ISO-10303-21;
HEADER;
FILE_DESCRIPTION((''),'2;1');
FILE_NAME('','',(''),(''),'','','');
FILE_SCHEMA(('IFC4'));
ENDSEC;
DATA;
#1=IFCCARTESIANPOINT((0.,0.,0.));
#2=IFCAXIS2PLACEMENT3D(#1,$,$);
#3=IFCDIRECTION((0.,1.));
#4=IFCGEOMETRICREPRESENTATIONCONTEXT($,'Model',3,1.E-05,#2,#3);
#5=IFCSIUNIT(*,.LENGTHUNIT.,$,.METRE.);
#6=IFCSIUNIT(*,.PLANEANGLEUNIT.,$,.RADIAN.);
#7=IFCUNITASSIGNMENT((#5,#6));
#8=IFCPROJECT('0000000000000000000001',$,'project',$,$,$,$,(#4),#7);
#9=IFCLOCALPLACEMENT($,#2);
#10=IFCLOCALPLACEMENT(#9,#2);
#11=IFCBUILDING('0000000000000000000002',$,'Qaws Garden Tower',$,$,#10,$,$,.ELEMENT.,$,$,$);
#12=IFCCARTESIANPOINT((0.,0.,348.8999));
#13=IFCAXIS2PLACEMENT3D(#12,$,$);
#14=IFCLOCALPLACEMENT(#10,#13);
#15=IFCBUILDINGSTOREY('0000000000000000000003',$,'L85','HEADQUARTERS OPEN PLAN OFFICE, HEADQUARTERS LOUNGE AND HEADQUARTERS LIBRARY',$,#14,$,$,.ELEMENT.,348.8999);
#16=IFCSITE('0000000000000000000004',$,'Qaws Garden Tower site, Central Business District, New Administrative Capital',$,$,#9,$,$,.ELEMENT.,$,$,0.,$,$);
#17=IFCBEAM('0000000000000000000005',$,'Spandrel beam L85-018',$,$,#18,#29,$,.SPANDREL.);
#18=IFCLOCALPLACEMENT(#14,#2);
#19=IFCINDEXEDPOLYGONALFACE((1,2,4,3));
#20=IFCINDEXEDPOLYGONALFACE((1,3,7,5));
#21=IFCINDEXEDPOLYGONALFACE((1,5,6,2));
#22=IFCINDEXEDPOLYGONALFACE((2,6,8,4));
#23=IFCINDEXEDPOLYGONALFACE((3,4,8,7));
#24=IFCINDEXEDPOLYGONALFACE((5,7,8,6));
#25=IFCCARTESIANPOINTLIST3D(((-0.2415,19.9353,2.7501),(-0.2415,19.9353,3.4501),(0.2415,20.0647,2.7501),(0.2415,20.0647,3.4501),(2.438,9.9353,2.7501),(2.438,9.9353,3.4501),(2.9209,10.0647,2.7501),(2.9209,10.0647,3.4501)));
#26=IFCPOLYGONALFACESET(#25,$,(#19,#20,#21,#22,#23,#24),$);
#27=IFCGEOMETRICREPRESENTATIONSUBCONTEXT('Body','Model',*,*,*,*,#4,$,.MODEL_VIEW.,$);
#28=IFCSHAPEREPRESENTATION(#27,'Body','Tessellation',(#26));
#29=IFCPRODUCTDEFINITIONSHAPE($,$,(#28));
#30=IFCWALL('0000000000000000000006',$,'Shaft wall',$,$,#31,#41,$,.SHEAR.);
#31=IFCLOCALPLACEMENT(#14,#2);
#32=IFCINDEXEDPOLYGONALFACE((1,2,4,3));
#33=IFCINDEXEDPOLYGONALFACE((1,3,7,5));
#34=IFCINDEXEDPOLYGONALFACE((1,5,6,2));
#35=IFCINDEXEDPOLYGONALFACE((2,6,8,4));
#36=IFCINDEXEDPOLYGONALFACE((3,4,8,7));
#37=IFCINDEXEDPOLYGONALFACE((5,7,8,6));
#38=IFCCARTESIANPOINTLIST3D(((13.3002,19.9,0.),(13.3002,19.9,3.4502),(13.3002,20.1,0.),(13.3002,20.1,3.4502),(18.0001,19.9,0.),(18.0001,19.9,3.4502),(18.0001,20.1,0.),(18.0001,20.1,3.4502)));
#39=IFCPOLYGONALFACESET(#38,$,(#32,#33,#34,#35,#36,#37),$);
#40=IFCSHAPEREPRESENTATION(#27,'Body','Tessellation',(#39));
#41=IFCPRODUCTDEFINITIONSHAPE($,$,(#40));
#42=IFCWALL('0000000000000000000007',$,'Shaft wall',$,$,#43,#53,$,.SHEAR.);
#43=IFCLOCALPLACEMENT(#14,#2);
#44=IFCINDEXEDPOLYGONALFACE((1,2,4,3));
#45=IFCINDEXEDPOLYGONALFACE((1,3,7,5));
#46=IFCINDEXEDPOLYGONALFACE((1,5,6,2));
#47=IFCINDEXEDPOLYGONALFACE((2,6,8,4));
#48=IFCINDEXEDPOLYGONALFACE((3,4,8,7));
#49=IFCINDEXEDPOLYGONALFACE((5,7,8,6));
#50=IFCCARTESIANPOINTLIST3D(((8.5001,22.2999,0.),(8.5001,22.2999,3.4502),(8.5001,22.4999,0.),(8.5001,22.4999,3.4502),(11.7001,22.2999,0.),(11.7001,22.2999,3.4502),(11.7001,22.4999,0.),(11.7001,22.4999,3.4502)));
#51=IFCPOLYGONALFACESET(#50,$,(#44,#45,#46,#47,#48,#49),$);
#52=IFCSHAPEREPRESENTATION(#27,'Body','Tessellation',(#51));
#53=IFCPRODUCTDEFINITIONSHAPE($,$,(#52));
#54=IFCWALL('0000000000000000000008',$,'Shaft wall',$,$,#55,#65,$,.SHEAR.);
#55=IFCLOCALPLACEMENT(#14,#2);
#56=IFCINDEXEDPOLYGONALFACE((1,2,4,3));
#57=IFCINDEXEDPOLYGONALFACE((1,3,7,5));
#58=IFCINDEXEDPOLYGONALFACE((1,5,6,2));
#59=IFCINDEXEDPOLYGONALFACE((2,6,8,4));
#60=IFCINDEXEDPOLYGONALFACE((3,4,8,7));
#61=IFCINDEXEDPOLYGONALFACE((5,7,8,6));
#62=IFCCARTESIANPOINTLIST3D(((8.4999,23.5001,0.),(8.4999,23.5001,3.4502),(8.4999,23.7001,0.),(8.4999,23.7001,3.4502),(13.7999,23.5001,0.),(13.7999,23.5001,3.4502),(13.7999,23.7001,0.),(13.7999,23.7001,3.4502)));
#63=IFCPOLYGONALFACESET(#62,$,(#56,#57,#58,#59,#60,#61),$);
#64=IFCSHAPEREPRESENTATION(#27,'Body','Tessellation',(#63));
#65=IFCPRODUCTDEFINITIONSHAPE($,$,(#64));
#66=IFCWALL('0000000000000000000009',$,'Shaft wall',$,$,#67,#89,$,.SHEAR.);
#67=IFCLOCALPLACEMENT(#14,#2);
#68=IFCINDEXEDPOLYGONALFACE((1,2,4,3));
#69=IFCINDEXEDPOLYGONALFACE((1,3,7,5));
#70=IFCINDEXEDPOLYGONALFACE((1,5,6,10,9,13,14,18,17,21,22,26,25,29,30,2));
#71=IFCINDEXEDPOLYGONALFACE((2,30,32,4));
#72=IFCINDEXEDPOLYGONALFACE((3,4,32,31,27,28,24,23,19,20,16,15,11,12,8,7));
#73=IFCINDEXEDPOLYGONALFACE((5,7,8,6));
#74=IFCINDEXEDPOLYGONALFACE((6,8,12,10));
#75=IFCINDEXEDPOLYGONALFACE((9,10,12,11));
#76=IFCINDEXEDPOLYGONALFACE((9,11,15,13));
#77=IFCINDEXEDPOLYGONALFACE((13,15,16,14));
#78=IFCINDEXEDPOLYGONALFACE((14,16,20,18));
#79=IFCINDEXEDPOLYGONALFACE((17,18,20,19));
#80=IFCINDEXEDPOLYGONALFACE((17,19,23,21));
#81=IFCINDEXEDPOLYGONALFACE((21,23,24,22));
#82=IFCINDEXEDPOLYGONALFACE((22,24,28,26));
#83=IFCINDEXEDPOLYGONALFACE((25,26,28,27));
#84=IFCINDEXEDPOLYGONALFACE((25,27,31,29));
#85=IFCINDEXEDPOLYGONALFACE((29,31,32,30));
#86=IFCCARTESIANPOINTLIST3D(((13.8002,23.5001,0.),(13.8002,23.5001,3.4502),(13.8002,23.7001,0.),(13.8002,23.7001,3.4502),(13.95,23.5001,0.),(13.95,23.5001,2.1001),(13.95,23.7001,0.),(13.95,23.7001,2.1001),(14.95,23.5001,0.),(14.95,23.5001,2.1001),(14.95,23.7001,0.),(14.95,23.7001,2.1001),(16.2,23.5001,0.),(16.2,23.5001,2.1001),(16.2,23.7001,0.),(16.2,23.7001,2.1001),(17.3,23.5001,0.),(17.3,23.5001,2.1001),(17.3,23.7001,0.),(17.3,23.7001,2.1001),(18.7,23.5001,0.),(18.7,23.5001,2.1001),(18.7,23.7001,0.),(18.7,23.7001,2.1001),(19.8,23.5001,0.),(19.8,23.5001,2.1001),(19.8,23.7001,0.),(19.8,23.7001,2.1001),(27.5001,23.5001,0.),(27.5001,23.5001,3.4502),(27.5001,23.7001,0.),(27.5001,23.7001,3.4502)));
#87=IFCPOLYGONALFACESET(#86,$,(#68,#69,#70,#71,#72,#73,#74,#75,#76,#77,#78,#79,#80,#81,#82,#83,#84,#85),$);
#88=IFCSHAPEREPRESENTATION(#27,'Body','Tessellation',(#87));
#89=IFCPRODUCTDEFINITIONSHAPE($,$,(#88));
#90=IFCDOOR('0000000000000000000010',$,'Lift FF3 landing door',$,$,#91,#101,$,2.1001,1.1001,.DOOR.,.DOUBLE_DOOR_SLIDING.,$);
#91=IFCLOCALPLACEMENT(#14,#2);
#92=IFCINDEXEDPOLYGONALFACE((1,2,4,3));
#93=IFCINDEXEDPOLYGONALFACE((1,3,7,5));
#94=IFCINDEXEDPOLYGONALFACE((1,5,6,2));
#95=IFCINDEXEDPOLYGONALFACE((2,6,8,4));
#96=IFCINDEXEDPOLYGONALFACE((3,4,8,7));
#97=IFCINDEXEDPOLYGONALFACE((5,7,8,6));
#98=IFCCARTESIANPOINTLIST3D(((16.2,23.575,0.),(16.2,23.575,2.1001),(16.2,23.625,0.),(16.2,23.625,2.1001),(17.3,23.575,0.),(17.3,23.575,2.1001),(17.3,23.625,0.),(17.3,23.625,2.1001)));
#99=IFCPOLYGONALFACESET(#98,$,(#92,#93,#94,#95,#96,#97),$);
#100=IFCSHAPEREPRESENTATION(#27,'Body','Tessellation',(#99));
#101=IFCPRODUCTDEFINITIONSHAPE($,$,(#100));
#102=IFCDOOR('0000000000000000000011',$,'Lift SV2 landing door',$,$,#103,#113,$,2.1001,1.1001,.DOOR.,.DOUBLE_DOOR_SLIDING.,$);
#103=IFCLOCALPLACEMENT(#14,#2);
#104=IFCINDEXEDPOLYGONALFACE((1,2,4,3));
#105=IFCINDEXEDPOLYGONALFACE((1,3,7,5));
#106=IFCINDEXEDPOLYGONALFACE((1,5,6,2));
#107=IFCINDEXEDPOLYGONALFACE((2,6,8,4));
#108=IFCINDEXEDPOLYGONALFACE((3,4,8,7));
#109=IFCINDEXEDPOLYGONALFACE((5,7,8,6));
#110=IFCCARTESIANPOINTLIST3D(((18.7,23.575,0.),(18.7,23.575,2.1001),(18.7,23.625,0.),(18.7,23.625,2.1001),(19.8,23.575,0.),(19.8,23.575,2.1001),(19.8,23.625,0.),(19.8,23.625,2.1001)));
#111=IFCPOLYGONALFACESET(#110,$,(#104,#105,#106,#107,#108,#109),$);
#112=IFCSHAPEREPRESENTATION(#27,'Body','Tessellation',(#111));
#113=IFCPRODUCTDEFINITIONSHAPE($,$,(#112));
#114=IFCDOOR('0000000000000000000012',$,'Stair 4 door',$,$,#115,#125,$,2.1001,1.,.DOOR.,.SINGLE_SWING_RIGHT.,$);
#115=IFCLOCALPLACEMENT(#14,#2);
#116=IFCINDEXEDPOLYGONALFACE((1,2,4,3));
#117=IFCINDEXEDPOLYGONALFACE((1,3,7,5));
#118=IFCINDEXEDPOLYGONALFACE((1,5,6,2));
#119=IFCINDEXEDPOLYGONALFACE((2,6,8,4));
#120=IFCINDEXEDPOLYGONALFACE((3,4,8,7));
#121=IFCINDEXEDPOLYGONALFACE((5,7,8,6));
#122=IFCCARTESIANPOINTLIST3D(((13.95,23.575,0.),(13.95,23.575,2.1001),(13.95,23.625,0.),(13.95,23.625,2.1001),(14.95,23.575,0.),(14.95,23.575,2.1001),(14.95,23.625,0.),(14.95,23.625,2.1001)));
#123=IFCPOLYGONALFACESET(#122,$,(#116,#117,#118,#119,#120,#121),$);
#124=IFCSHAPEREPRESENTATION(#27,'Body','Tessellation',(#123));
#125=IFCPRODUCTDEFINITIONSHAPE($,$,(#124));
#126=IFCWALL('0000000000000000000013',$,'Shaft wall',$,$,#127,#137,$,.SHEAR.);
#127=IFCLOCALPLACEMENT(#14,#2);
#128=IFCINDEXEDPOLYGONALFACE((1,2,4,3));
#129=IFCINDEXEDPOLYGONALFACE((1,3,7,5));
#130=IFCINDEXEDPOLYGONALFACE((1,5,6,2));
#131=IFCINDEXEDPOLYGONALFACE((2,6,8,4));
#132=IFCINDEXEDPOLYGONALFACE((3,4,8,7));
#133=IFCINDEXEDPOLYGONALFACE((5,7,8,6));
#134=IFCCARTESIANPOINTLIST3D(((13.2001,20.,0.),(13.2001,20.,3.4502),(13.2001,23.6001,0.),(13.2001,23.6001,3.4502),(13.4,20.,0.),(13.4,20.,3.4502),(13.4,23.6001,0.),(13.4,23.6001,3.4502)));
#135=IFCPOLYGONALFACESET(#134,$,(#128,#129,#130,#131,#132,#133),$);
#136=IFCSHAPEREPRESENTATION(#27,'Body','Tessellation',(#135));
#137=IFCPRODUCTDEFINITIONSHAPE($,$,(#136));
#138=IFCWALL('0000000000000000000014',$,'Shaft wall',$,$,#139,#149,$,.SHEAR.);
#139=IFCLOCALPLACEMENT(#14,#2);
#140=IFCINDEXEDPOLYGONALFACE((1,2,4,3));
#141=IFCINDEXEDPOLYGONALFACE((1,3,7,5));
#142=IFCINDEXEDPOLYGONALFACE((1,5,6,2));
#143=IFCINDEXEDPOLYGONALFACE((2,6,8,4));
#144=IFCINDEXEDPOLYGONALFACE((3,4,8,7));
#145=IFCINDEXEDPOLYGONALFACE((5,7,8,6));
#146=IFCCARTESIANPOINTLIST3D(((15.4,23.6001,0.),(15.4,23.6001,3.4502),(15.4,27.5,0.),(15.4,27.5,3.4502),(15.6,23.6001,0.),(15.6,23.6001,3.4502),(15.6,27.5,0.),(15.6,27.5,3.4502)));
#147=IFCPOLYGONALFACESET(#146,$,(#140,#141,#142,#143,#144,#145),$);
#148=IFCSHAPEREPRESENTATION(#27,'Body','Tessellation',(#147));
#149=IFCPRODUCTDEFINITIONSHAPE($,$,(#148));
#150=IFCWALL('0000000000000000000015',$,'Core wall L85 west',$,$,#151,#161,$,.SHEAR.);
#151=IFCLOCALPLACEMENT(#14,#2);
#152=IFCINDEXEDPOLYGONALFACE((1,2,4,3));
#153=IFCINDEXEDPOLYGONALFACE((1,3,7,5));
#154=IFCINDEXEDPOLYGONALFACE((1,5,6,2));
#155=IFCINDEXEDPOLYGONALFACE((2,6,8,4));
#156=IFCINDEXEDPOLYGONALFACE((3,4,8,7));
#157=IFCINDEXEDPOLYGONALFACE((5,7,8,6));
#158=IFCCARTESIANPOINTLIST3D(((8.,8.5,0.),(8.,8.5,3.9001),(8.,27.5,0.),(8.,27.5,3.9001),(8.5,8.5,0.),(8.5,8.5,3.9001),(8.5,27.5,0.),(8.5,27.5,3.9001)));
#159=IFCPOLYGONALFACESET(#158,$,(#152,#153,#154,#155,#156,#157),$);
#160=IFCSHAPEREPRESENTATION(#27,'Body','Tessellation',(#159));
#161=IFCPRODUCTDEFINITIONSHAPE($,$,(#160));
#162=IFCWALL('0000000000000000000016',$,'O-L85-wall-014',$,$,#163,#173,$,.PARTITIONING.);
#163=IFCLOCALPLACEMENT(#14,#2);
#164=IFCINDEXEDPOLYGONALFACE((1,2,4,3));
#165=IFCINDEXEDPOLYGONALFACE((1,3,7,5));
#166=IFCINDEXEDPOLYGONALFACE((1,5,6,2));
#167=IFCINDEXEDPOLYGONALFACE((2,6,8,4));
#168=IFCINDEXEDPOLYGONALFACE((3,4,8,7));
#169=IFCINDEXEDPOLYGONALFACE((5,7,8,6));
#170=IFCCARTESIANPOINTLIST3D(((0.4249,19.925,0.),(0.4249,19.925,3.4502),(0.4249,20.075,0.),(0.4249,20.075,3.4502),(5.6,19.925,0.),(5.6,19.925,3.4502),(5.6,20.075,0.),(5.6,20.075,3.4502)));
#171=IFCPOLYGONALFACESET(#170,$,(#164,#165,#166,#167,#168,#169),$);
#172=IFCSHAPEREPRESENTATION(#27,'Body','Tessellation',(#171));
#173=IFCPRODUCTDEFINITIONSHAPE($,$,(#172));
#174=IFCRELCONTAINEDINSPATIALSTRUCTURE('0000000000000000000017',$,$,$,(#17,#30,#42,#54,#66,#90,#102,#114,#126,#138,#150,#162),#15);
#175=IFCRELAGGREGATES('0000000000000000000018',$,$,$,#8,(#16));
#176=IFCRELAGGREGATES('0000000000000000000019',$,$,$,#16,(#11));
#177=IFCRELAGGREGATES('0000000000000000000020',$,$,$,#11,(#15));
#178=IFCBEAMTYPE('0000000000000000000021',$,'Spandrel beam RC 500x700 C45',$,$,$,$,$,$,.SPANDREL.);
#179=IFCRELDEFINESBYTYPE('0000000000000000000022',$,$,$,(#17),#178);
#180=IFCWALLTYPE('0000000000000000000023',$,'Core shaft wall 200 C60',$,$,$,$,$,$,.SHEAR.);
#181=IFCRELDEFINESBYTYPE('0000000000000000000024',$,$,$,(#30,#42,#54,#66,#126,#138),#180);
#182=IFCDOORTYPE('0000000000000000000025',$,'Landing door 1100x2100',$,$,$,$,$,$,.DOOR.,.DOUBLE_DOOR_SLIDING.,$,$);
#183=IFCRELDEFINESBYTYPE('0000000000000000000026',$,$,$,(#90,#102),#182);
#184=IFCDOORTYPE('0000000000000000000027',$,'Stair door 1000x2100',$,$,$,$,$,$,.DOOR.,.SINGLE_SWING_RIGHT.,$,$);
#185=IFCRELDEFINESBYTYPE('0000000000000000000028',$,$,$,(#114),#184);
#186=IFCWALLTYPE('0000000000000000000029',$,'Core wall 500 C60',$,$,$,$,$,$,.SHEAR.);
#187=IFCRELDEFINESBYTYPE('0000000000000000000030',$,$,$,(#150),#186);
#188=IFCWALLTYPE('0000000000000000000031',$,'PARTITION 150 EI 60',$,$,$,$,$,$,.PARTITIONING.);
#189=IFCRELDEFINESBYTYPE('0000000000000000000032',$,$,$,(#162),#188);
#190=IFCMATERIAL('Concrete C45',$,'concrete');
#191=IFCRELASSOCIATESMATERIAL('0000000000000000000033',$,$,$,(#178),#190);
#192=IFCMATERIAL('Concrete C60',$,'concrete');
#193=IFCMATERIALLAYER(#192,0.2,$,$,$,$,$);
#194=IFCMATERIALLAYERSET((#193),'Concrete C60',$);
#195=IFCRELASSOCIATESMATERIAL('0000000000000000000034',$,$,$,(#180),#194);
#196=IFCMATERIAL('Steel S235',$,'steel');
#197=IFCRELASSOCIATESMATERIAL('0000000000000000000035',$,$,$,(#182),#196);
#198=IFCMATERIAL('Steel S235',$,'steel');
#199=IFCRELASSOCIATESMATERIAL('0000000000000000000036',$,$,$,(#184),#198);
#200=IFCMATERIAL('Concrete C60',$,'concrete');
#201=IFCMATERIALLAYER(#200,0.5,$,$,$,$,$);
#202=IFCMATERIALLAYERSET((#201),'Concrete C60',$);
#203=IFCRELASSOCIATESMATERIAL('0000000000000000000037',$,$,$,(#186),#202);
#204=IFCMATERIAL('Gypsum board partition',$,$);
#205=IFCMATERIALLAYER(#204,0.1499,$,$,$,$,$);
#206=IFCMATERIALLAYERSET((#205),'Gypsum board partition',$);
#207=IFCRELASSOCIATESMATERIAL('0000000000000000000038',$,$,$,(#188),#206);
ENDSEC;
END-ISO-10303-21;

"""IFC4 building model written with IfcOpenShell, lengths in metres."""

from ifc_helpers import new_model, si_unit, direction, frame, frame_2d, origin, origin_2d, place, context, subcontext, project, spatial, rectangle, extrude, material, layer, layer_set, material_profile, profile_set, type_object, element, fill, save


model = new_model("IFC4")

# Units and contexts
model_context = context("Model", 3, precision=1e-05, world=origin(), true_north=direction((0.0, 1.0)))
body_context = subcontext(model_context, "Body", "Model", "MODEL_VIEW")
ifc_project = project(units=[si_unit("LENGTHUNIT", "METRE"), si_unit("PLANEANGLEUNIT", "RADIAN")], contexts=[model_context])

# Site, building, storey
site_placement = place(None, origin())
site = spatial("IfcSite", under=ifc_project, at=site_placement, Name="Qaws Garden Tower site, Central Business District, New Administrative Capital", CompositionType="ELEMENT", RefElevation=0.0)
building_placement = place(site_placement, origin())
building = spatial("IfcBuilding", under=site, at=building_placement, Name="Qaws Garden Tower", CompositionType="ELEMENT")
storey_placement = place(building_placement, frame((0.0, 0.0, 348.8999)))
storey = spatial("IfcBuildingStorey", under=building, at=storey_placement, Name="L85", Description="HEADQUARTERS OPEN PLAN OFFICE, HEADQUARTERS LOUNGE AND HEADQUARTERS LIBRARY", CompositionType="ELEMENT", Elevation=348.8999)

# Beam
ifc_material_1 = material(Name="Concrete C45", Category="concrete")
ifc_material_profile = material_profile(ifc_material_1, rectangle(XDim=0.5, YDim=0.7, at=origin_2d()), Name="RC 500x700")
ifc_profile_set = profile_set([ifc_material_profile], Name="Concrete C45")
beam_type = type_object("IfcBeamType", Name="Spandrel beam RC 500x700 C45", PredefinedType="SPANDREL", material=ifc_profile_set)
beam_placement = place(storey_placement, frame((0.0, 20.0, 3.1001), z_axis=(0.258815, -0.965927, 0.0), x_axis=(0.965927, 0.258815, 0.0)))
element("IfcBeam", 1, at=beam_placement, inside=storey, type_object=beam_type, Name="Spandrel beam L85-018", PredefinedType="SPANDREL", context=body_context, shape_type="SweptSolid", body=[
    extrude(rectangle(XDim=0.5, YDim=0.7, at=origin_2d()), origin(), (0.0, 0.0, 1.0), 10.3528),
])

# Walls
ifc_material_2 = material(Name="Concrete C60", Category="concrete")
ifc_layer_1 = layer(ifc_material_2, 0.2)
ifc_layer_set_1 = layer_set([ifc_layer_1], Name="Concrete C60")
wall_type_1 = type_object("IfcWallType", Name="Core shaft wall 200 C60", PredefinedType="SHEAR", material=ifc_layer_set_1)
wall_1_placement = place(storey_placement, frame((13.3, 20.0, 0.0), z_axis=(0.0, 0.0, 1.0), x_axis=(1.0, 0.0, 0.0)))
element("IfcWall", 2, at=wall_1_placement, inside=storey, type_object=wall_type_1, Name="Shaft wall", PredefinedType="SHEAR", context=body_context, shape_type="SweptSolid", body=[
    extrude(rectangle(XDim=4.7, YDim=0.2, at=frame_2d((2.3501, 0.0))), origin(), (0.0, 0.0, 1.0), 3.4502),
])
wall_2_placement = place(storey_placement, frame((8.5, 22.3999, 0.0), z_axis=(0.0, 0.0, 1.0), x_axis=(1.0, 0.0, 0.0)))
element("IfcWall", 3, at=wall_2_placement, inside=storey, type_object=wall_type_1, Name="Shaft wall", PredefinedType="SHEAR", context=body_context, shape_type="SweptSolid", body=[
    extrude(rectangle(XDim=3.2, YDim=0.2, at=frame_2d((1.6001, 0.0))), origin(), (0.0, 0.0, 1.0), 3.4502),
])
wall_3_placement = place(storey_placement, frame((8.5, 23.6001, 0.0), z_axis=(0.0, 0.0, 1.0), x_axis=(1.0, 0.0, 0.0)))
element("IfcWall", 4, at=wall_3_placement, inside=storey, type_object=wall_type_1, Name="Shaft wall", PredefinedType="SHEAR", context=body_context, shape_type="SweptSolid", body=[
    extrude(rectangle(XDim=5.3, YDim=0.2, at=frame_2d((2.6499, 0.0))), origin(), (0.0, 0.0, 1.0), 3.4502),
])

# Wall, openings, doors
wall_4_placement = place(storey_placement, frame((13.8, 23.6001, 0.0), z_axis=(0.0, 0.0, 1.0), x_axis=(1.0, 0.0, 0.0)))
wall_4 = element("IfcWall", 5, at=wall_4_placement, inside=storey, type_object=wall_type_1, Name="Shaft wall", PredefinedType="SHEAR", context=body_context, shape_type="SweptSolid", body=[
    extrude(rectangle(XDim=13.7, YDim=0.2, at=frame_2d((6.8501, 0.0))), origin(), (0.0, 0.0, 1.0), 3.4502),
])
opening_1_placement = place(wall_4_placement, frame((2.3999, 0.0, 0.0)))
opening_1 = element("IfcOpeningElement", 6, at=opening_1_placement, cuts=wall_4, PredefinedType="OPENING", context=body_context, shape_type="SweptSolid", body=[
    extrude(rectangle(XDim=1.1001, YDim=2.1001, at=frame_2d((0.55, 1.05))), frame((0.0, 0.1099, 0.0), z_axis=(0.0, -1.0, 0.0), x_axis=(1.0, 0.0, 0.0)), (0.0, 0.0, 1.0), 0.22),
])
opening_2_placement = place(wall_4_placement, frame((4.8999, 0.0, 0.0)))
opening_2 = element("IfcOpeningElement", 7, at=opening_2_placement, cuts=wall_4, PredefinedType="OPENING", context=body_context, shape_type="SweptSolid", body=[
    extrude(rectangle(XDim=1.1001, YDim=2.1001, at=frame_2d((0.55, 1.05))), frame((0.0, 0.1099, 0.0), z_axis=(0.0, -1.0, 0.0), x_axis=(1.0, 0.0, 0.0)), (0.0, 0.0, 1.0), 0.22),
])
opening_3_placement = place(wall_4_placement, frame((0.1499, 0.0, 0.0)))
opening_3 = element("IfcOpeningElement", 8, at=opening_3_placement, cuts=wall_4, PredefinedType="OPENING", context=body_context, shape_type="SweptSolid", body=[
    extrude(rectangle(XDim=1.0, YDim=2.1001, at=frame_2d((0.5, 1.05))), frame((0.0, 0.1099, 0.0), z_axis=(0.0, -1.0, 0.0), x_axis=(1.0, 0.0, 0.0)), (0.0, 0.0, 1.0), 0.22),
])
ifc_material_3 = material(Name="Steel S235", Category="steel")
door_type_1 = type_object("IfcDoorType", Name="Landing door 1100x2100", OperationType="DOUBLE_DOOR_SLIDING", PredefinedType="DOOR", material=ifc_material_3)
door_1_placement = place(opening_1_placement, origin())
door_1 = element("IfcDoor", 9, at=door_1_placement, inside=storey, type_object=door_type_1, Name="Lift FF3 landing door", OperationType="DOUBLE_DOOR_SLIDING", OverallHeight=2.1001, OverallWidth=1.1001, PredefinedType="DOOR", context=body_context, shape_type="SweptSolid", body=[
    extrude(rectangle(XDim=1.1001, YDim=2.1001, at=frame_2d((0.55, 1.05))), frame((0.0, 0.0249, 0.0), z_axis=(0.0, -1.0, 0.0), x_axis=(1.0, 0.0, 0.0)), (0.0, 0.0, 1.0), 0.05),
])
fill(opening_1, door_1)
door_2_placement = place(opening_2_placement, origin())
door_2 = element("IfcDoor", 10, at=door_2_placement, inside=storey, type_object=door_type_1, Name="Lift SV2 landing door", OperationType="DOUBLE_DOOR_SLIDING", OverallHeight=2.1001, OverallWidth=1.1001, PredefinedType="DOOR", context=body_context, shape_type="SweptSolid", body=[
    extrude(rectangle(XDim=1.1001, YDim=2.1001, at=frame_2d((0.55, 1.05))), frame((0.0, 0.0249, 0.0), z_axis=(0.0, -1.0, 0.0), x_axis=(1.0, 0.0, 0.0)), (0.0, 0.0, 1.0), 0.05),
])
fill(opening_2, door_2)
ifc_material_4 = material(Name="Steel S235", Category="steel")
door_type_2 = type_object("IfcDoorType", Name="Stair door 1000x2100", OperationType="SINGLE_SWING_RIGHT", PredefinedType="DOOR", material=ifc_material_4)
door_3_placement = place(opening_3_placement, origin())
door_3 = element("IfcDoor", 11, at=door_3_placement, inside=storey, type_object=door_type_2, Name="Stair 4 door", OperationType="SINGLE_SWING_RIGHT", OverallHeight=2.1001, OverallWidth=1.0, PredefinedType="DOOR", context=body_context, shape_type="SweptSolid", body=[
    extrude(rectangle(XDim=1.0, YDim=2.1001, at=frame_2d((0.5, 1.05))), frame((0.0, 0.0249, 0.0), z_axis=(0.0, -1.0, 0.0), x_axis=(1.0, 0.0, 0.0)), (0.0, 0.0, 1.0), 0.05),
])
fill(opening_3, door_3)

# Walls
wall_5_placement = place(storey_placement, frame((13.3, 20.0, 0.0), z_axis=(0.0, 0.0, 1.0), x_axis=(0.0, 1.0, 0.0)))
element("IfcWall", 12, at=wall_5_placement, inside=storey, type_object=wall_type_1, Name="Shaft wall", PredefinedType="SHEAR", context=body_context, shape_type="SweptSolid", body=[
    extrude(rectangle(XDim=3.6001, YDim=0.2, at=frame_2d((1.8, 0.0))), origin(), (0.0, 0.0, 1.0), 3.4502),
])
wall_6_placement = place(storey_placement, frame((15.5, 23.6001, 0.0), z_axis=(0.0, 0.0, 1.0), x_axis=(0.0, 1.0, 0.0)))
element("IfcWall", 13, at=wall_6_placement, inside=storey, type_object=wall_type_1, Name="Shaft wall", PredefinedType="SHEAR", context=body_context, shape_type="SweptSolid", body=[
    extrude(rectangle(XDim=3.8999, YDim=0.2, at=frame_2d((1.95, 0.0))), origin(), (0.0, 0.0, 1.0), 3.4502),
])
ifc_material_5 = material(Name="Concrete C60", Category="concrete")
ifc_layer_2 = layer(ifc_material_5, 0.5)
ifc_layer_set_2 = layer_set([ifc_layer_2], Name="Concrete C60")
wall_type_2 = type_object("IfcWallType", Name="Core wall 500 C60", PredefinedType="SHEAR", material=ifc_layer_set_2)
wall_7_placement = place(storey_placement, frame((8.25, 27.5, 0.0), z_axis=(0.0, 0.0, 1.0), x_axis=(0.0, -1.0, 0.0)))
element("IfcWall", 14, at=wall_7_placement, inside=storey, type_object=wall_type_2, Name="Core wall L85 west", PredefinedType="SHEAR", context=body_context, shape_type="SweptSolid", body=[
    extrude(rectangle(XDim=19.0, YDim=0.5, at=frame_2d((9.5, 0.0))), origin(), (0.0, 0.0, 1.0), 3.9001),
])
ifc_material_6 = material(Name="Gypsum board partition")
ifc_layer_3 = layer(ifc_material_6, 0.1499)
ifc_layer_set_3 = layer_set([ifc_layer_3], Name="Gypsum board partition")
wall_type_3 = type_object("IfcWallType", Name="PARTITION 150 EI 60", PredefinedType="PARTITIONING", material=ifc_layer_set_3)
wall_8_placement = place(storey_placement, frame((0.425, 20.0, 0.0), z_axis=(0.0, 0.0, 1.0), x_axis=(1.0, 0.0, 0.0)))
element("IfcWall", 15, at=wall_8_placement, inside=storey, type_object=wall_type_3, Name="O-L85-wall-014", PredefinedType="PARTITIONING", context=body_context, shape_type="SweptSolid", body=[
    extrude(rectangle(XDim=5.175, YDim=0.1499, at=frame_2d((2.5874, 0.0))), origin(), (0.0, 0.0, 1.0), 3.4502),
])

save(model, "model.ifc")
